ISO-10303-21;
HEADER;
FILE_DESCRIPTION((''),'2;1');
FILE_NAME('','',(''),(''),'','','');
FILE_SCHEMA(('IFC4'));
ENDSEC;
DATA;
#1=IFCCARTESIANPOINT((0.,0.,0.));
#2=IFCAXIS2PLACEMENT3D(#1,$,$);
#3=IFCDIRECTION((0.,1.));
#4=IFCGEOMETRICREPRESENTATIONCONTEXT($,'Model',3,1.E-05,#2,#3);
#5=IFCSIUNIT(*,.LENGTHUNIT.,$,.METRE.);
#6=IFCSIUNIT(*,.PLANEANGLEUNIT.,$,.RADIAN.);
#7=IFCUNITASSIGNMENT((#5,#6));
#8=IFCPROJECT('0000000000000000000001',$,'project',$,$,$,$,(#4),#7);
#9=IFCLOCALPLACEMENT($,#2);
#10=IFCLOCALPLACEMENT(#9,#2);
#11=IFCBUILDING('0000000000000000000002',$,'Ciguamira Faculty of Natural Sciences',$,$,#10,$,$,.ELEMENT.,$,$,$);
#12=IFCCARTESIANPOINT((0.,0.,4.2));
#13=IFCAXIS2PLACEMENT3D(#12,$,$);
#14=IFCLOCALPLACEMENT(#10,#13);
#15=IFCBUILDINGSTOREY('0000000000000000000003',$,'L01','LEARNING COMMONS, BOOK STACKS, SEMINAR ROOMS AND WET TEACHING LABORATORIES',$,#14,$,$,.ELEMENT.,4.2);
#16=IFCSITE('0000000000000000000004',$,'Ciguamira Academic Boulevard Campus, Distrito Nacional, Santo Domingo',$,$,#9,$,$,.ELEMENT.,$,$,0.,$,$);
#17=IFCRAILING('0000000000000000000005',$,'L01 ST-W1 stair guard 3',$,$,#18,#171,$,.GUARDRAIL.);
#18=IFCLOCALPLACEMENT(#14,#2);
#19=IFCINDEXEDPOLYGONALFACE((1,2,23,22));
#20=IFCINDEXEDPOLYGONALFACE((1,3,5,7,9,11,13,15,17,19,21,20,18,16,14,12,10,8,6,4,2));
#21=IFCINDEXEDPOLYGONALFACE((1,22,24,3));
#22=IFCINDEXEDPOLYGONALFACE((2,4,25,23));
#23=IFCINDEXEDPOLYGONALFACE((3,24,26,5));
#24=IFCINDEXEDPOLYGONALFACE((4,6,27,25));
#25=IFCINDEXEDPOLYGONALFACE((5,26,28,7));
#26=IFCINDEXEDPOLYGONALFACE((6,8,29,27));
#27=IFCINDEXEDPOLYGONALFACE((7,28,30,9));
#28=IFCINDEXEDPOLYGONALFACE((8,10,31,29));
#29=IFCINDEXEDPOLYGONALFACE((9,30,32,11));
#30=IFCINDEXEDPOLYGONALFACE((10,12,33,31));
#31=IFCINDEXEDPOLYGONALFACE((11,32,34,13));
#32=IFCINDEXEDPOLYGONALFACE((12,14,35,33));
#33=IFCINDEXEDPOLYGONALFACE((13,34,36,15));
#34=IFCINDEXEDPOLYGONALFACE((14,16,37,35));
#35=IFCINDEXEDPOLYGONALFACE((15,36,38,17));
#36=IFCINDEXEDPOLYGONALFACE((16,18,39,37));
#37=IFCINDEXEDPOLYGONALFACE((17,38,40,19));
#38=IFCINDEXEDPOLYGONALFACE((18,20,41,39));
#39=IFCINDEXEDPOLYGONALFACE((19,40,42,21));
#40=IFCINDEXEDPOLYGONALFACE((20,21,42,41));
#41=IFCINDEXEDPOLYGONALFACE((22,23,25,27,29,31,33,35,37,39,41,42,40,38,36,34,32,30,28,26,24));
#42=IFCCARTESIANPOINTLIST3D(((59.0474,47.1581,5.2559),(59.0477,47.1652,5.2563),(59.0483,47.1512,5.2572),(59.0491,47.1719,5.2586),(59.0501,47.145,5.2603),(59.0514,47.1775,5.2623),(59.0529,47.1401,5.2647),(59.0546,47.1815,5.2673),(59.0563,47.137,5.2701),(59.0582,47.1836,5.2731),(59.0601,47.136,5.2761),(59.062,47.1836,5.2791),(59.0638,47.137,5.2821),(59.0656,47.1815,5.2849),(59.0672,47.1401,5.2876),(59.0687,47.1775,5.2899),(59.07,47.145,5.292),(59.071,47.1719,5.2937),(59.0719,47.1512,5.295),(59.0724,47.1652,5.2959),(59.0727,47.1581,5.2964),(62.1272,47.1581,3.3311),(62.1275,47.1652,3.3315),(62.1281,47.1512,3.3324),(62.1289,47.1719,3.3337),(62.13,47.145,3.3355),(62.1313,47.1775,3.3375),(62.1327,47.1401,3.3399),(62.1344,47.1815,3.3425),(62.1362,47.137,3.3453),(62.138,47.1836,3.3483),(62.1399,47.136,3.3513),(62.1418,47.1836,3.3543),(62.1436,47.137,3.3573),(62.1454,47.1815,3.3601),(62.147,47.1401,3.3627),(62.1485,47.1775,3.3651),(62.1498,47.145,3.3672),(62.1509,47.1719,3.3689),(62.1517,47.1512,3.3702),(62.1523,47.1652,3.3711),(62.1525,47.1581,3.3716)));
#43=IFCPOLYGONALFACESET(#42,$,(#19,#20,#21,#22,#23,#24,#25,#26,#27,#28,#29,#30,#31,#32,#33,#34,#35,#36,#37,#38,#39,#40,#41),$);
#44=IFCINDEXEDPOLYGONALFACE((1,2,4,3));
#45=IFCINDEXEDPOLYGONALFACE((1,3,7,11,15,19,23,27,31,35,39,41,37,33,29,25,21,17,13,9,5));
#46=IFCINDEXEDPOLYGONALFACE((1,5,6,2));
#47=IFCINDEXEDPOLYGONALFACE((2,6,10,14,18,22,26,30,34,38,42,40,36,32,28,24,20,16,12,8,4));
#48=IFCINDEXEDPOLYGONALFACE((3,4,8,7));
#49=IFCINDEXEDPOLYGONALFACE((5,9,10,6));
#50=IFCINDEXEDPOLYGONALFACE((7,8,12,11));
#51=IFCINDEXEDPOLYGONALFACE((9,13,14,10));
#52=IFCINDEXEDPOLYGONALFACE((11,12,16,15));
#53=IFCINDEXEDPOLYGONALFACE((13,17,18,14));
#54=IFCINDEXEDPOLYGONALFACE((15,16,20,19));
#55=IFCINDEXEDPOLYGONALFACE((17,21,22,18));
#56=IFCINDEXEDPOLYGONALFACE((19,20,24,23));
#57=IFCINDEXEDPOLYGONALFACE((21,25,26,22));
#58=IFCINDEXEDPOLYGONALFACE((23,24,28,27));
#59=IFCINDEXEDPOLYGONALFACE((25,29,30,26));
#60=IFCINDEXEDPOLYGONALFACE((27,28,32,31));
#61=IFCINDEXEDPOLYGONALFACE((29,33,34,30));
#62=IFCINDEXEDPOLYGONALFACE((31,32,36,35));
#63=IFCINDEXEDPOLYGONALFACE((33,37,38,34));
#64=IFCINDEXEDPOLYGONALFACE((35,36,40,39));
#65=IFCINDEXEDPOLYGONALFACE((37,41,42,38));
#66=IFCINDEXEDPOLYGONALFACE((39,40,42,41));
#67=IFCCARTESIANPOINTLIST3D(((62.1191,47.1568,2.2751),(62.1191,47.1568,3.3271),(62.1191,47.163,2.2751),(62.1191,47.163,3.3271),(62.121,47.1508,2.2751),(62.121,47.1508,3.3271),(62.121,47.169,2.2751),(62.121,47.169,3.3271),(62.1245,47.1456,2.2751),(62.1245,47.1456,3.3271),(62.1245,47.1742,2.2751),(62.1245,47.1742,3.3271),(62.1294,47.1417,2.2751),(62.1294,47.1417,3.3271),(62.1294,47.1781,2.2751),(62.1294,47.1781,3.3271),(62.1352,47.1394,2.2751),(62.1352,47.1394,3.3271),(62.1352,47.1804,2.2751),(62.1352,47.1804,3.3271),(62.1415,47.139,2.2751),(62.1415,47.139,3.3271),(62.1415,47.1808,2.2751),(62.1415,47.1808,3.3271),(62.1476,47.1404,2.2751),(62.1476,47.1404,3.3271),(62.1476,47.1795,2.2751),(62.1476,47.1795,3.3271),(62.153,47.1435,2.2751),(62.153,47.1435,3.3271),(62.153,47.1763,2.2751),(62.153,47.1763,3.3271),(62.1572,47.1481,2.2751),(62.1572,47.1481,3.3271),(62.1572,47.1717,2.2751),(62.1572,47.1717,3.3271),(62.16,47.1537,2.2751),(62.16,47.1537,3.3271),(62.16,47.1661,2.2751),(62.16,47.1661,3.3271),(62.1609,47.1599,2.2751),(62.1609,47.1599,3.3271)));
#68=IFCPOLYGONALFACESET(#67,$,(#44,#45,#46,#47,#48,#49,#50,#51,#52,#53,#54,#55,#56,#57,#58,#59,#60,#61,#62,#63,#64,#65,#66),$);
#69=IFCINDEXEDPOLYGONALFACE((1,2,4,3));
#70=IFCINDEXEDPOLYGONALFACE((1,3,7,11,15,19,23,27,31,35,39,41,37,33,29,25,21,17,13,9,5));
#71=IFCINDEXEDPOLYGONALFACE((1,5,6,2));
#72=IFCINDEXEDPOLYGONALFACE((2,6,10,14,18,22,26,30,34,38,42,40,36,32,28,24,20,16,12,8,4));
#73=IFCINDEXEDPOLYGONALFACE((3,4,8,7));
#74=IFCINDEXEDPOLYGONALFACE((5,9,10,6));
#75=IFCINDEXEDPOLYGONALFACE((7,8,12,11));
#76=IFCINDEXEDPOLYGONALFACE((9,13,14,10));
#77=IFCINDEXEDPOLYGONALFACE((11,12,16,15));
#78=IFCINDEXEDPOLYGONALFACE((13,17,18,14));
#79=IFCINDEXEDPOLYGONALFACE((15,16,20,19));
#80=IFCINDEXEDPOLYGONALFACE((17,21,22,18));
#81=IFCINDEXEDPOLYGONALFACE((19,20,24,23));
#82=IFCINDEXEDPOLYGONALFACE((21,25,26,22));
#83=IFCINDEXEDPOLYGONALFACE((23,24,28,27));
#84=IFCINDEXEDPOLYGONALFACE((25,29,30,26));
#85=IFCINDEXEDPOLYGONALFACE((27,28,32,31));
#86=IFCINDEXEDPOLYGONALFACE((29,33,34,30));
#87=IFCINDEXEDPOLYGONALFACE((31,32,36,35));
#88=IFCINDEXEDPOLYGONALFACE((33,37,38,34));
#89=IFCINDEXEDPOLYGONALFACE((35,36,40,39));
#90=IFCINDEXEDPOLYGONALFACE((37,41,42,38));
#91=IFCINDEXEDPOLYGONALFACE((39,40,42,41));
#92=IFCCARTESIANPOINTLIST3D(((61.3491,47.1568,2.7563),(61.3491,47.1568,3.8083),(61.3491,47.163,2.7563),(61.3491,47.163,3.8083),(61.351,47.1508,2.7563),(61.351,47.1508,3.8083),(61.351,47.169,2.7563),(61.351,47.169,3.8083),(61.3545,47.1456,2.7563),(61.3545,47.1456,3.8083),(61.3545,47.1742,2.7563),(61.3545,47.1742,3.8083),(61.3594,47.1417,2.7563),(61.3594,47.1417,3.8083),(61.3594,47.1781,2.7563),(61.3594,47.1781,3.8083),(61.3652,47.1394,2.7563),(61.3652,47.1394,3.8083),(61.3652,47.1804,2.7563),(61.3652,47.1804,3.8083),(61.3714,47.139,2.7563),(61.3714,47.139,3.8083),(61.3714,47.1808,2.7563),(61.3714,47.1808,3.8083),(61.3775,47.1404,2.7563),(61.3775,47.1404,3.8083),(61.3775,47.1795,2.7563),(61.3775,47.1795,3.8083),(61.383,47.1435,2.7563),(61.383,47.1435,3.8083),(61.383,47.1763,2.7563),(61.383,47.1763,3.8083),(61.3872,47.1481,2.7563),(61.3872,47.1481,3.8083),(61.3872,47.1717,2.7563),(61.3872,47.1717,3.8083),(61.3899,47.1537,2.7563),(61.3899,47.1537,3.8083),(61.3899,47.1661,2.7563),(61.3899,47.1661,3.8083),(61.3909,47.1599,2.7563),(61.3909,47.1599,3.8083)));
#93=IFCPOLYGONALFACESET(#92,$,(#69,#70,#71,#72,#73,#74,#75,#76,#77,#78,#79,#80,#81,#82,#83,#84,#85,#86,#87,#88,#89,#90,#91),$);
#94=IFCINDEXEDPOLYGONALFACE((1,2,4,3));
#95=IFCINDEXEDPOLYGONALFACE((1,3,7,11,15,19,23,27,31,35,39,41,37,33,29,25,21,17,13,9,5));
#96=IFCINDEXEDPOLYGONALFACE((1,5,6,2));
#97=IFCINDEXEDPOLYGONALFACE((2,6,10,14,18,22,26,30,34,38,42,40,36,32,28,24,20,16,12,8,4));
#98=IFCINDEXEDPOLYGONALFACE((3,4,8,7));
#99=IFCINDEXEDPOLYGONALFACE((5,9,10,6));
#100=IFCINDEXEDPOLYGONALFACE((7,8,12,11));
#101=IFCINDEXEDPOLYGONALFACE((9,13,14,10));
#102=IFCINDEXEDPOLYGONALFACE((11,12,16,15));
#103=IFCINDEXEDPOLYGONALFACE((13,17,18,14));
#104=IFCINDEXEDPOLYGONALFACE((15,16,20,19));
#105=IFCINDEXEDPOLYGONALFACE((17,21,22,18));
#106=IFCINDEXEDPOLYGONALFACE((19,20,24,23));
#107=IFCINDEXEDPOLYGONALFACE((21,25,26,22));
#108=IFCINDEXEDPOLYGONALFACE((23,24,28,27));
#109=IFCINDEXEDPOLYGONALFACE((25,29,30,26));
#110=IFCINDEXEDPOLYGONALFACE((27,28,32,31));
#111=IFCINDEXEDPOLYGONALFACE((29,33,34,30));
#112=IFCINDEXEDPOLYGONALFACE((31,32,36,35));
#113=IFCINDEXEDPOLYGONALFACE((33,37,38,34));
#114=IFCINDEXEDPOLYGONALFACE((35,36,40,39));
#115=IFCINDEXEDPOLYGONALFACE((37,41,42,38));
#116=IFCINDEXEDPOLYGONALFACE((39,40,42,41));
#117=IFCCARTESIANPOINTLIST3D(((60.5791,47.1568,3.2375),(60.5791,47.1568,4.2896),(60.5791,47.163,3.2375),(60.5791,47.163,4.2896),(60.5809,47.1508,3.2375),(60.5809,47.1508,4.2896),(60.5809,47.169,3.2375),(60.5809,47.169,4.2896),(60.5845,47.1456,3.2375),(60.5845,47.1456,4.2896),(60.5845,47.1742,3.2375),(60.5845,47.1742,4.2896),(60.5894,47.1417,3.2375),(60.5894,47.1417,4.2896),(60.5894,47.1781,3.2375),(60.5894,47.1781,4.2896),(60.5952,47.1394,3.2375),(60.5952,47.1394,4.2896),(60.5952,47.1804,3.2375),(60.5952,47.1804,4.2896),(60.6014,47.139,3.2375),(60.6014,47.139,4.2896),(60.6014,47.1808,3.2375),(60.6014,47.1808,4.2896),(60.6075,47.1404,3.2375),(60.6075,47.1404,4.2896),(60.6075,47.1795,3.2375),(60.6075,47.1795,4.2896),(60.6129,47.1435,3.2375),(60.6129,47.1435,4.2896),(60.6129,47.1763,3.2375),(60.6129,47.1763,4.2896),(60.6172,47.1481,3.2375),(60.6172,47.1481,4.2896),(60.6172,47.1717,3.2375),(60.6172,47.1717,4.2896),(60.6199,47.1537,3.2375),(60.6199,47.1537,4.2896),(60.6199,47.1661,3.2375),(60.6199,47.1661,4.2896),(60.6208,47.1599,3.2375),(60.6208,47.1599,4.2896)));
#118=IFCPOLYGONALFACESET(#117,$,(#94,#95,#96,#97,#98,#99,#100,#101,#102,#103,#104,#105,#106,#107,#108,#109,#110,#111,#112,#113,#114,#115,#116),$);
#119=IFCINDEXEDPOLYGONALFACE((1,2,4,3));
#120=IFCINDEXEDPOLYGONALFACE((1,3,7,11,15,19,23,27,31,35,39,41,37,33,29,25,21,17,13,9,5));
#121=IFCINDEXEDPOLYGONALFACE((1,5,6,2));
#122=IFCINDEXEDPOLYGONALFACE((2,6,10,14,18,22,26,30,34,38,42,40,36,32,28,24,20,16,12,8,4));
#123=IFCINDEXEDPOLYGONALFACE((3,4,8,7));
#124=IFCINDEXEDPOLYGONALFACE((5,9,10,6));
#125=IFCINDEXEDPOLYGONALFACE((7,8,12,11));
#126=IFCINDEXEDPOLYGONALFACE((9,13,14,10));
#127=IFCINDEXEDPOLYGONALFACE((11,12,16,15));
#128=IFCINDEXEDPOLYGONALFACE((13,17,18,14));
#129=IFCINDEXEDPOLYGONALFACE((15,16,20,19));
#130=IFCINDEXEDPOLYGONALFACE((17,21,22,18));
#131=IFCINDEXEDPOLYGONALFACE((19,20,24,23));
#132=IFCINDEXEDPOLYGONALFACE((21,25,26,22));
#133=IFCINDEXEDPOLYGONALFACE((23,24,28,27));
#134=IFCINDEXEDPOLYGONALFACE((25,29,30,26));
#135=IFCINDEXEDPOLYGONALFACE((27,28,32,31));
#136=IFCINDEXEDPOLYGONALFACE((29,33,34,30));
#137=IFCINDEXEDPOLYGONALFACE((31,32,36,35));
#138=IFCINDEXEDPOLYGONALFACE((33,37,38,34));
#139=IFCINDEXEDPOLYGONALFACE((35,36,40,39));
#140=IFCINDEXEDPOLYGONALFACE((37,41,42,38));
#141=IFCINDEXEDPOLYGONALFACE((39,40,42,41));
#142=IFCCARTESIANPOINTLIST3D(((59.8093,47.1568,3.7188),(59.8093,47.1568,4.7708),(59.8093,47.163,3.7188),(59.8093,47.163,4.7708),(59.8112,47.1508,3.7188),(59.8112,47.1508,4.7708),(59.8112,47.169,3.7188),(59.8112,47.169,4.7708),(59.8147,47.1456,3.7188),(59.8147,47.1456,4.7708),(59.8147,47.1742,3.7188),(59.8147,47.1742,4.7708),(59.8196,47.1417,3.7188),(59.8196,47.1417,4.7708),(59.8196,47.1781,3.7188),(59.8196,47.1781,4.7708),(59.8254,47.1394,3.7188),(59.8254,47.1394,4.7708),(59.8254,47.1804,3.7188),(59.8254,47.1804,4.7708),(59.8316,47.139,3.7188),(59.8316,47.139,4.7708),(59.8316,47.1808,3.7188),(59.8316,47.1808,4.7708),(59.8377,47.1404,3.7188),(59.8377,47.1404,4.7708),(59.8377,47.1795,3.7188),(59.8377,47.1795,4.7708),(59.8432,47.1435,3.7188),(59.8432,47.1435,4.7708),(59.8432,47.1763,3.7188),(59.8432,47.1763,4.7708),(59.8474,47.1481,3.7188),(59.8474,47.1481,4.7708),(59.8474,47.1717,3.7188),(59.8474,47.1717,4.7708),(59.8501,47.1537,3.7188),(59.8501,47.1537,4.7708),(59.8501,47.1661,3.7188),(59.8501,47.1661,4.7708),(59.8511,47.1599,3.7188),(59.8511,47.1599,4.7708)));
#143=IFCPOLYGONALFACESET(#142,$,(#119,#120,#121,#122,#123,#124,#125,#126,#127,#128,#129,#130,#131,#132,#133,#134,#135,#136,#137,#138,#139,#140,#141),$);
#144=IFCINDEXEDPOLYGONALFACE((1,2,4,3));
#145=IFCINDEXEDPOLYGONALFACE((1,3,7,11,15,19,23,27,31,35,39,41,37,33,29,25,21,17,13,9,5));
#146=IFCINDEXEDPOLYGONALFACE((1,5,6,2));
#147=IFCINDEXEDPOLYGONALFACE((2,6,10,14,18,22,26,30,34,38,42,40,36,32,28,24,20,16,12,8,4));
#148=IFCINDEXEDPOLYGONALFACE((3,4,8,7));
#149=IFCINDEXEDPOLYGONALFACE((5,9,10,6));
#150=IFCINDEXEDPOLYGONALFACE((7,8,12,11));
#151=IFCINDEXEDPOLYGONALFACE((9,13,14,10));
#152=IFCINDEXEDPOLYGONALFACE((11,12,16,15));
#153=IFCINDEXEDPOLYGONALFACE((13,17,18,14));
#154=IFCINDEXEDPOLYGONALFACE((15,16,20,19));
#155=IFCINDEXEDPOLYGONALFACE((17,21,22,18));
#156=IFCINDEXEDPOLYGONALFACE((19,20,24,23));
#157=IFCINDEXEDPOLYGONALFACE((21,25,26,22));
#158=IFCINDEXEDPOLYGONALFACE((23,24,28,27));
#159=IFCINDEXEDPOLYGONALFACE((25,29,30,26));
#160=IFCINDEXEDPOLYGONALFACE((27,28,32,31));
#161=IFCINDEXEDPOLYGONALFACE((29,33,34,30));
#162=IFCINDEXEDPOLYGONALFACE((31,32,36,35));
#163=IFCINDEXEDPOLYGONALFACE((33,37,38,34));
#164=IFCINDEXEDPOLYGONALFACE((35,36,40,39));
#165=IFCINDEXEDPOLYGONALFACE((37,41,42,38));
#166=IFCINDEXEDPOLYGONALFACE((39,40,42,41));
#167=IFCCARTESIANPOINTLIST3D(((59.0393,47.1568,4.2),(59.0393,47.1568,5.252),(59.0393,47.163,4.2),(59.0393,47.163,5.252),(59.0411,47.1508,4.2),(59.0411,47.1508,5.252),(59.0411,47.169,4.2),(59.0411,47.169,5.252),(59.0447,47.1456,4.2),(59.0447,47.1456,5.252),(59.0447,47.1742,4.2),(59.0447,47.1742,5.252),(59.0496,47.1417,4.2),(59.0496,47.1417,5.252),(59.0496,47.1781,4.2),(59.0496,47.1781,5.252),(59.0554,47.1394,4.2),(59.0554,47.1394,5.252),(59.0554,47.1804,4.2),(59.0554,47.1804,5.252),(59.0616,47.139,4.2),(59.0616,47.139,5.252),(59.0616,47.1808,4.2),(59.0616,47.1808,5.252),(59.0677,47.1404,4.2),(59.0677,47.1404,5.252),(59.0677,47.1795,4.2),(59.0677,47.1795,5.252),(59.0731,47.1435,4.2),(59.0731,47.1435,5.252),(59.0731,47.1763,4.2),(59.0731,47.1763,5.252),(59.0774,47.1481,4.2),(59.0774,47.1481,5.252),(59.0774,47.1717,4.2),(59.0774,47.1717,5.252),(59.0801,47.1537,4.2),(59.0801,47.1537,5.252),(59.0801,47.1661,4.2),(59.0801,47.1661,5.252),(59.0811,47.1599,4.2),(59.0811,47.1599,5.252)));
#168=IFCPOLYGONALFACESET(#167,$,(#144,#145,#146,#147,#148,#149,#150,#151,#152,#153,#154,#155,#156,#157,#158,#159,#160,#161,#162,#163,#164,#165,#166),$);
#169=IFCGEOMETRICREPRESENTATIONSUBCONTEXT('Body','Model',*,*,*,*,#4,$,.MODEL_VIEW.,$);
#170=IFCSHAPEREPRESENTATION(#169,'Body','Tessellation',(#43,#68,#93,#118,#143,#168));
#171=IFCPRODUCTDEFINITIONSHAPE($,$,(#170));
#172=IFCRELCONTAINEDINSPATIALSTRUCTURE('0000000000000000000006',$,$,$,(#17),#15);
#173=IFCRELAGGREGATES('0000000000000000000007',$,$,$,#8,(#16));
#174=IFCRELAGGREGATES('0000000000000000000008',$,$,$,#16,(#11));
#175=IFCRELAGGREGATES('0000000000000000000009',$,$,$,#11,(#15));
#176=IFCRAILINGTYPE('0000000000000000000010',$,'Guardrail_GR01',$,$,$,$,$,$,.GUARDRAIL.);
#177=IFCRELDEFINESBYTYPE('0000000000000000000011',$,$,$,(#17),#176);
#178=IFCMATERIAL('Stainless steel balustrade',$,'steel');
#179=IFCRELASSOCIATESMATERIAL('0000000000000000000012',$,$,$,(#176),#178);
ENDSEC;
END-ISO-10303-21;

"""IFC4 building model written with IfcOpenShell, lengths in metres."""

from ifc_helpers import new_model, si_unit, direction, frame, origin, origin_2d, place, context, subcontext, project, spatial, circle, extrude, material, type_object, element, save


model = new_model("IFC4")

# Units and contexts
model_context = context("Model", 3, precision=1e-05, world=origin(), true_north=direction((0.0, 1.0)))
body_context = subcontext(model_context, "Body", "Model", "MODEL_VIEW")
ifc_project = project(units=[si_unit("LENGTHUNIT", "METRE"), si_unit("PLANEANGLEUNIT", "RADIAN")], contexts=[model_context])

# Site, building, storey
site_placement = place(None, origin())
site = spatial("IfcSite", under=ifc_project, at=site_placement, Name="Ciguamira Academic Boulevard Campus, Distrito Nacional, Santo Domingo", CompositionType="ELEMENT", RefElevation=0.0)
building_placement = place(site_placement, origin())
building = spatial("IfcBuilding", under=site, at=building_placement, Name="Ciguamira Faculty of Natural Sciences", CompositionType="ELEMENT")
storey_placement = place(building_placement, frame((0.0, 0.0, 4.2)))
storey = spatial("IfcBuildingStorey", under=building, at=storey_placement, Name="L01", Description="LEARNING COMMONS, BOOK STACKS, SEMINAR ROOMS AND WET TEACHING LABORATORIES", CompositionType="ELEMENT", Elevation=4.2)

# Railing
ifc_material_1 = material(Name="Stainless steel balustrade", Category="steel")
railing_type_1 = type_object("IfcRailingType", Name="Guardrail_GR01", PredefinedType="GUARDRAIL", material=ifc_material_1)
railing_1_placement = place(storey_placement, frame((62.1399, 47.1599, 2.2751)))
element("IfcRailing", 1, at=railing_1_placement, inside=storey, type_object=railing_type_1, Name="L01 ST-W1 stair guard 3", PredefinedType="GUARDRAIL", context=body_context, shape_type="SweptSolid", body=[
    extrude(circle(Radius=0.0239, at=origin_2d()), frame((0.0, 0.0, 1.0762), z_axis=(-0.84801, 0.0, 0.529981), x_axis=(0.0, -1.0, 0.0)), (0.0, 0.0, 1.0), 3.6318),
    extrude(circle(Radius=0.021, at=origin_2d()), origin(), (0.0, 0.0, 1.0), 1.052),
    extrude(circle(Radius=0.021, at=origin_2d()), frame((-0.77, 0.0, 0.4812)), (0.0, 0.0, 1.0), 1.052),
    extrude(circle(Radius=0.021, at=origin_2d()), frame((-1.54, 0.0, 0.9624)), (0.0, 0.0, 1.0), 1.052),
    extrude(circle(Radius=0.021, at=origin_2d()), frame((-2.3098, 0.0, 1.4436)), (0.0, 0.0, 1.0), 1.052),
    extrude(circle(Radius=0.021, at=origin_2d()), frame((-3.0798, 0.0, 1.9248)), (0.0, 0.0, 1.0), 1.052),
])

save(model, "model.ifc")
